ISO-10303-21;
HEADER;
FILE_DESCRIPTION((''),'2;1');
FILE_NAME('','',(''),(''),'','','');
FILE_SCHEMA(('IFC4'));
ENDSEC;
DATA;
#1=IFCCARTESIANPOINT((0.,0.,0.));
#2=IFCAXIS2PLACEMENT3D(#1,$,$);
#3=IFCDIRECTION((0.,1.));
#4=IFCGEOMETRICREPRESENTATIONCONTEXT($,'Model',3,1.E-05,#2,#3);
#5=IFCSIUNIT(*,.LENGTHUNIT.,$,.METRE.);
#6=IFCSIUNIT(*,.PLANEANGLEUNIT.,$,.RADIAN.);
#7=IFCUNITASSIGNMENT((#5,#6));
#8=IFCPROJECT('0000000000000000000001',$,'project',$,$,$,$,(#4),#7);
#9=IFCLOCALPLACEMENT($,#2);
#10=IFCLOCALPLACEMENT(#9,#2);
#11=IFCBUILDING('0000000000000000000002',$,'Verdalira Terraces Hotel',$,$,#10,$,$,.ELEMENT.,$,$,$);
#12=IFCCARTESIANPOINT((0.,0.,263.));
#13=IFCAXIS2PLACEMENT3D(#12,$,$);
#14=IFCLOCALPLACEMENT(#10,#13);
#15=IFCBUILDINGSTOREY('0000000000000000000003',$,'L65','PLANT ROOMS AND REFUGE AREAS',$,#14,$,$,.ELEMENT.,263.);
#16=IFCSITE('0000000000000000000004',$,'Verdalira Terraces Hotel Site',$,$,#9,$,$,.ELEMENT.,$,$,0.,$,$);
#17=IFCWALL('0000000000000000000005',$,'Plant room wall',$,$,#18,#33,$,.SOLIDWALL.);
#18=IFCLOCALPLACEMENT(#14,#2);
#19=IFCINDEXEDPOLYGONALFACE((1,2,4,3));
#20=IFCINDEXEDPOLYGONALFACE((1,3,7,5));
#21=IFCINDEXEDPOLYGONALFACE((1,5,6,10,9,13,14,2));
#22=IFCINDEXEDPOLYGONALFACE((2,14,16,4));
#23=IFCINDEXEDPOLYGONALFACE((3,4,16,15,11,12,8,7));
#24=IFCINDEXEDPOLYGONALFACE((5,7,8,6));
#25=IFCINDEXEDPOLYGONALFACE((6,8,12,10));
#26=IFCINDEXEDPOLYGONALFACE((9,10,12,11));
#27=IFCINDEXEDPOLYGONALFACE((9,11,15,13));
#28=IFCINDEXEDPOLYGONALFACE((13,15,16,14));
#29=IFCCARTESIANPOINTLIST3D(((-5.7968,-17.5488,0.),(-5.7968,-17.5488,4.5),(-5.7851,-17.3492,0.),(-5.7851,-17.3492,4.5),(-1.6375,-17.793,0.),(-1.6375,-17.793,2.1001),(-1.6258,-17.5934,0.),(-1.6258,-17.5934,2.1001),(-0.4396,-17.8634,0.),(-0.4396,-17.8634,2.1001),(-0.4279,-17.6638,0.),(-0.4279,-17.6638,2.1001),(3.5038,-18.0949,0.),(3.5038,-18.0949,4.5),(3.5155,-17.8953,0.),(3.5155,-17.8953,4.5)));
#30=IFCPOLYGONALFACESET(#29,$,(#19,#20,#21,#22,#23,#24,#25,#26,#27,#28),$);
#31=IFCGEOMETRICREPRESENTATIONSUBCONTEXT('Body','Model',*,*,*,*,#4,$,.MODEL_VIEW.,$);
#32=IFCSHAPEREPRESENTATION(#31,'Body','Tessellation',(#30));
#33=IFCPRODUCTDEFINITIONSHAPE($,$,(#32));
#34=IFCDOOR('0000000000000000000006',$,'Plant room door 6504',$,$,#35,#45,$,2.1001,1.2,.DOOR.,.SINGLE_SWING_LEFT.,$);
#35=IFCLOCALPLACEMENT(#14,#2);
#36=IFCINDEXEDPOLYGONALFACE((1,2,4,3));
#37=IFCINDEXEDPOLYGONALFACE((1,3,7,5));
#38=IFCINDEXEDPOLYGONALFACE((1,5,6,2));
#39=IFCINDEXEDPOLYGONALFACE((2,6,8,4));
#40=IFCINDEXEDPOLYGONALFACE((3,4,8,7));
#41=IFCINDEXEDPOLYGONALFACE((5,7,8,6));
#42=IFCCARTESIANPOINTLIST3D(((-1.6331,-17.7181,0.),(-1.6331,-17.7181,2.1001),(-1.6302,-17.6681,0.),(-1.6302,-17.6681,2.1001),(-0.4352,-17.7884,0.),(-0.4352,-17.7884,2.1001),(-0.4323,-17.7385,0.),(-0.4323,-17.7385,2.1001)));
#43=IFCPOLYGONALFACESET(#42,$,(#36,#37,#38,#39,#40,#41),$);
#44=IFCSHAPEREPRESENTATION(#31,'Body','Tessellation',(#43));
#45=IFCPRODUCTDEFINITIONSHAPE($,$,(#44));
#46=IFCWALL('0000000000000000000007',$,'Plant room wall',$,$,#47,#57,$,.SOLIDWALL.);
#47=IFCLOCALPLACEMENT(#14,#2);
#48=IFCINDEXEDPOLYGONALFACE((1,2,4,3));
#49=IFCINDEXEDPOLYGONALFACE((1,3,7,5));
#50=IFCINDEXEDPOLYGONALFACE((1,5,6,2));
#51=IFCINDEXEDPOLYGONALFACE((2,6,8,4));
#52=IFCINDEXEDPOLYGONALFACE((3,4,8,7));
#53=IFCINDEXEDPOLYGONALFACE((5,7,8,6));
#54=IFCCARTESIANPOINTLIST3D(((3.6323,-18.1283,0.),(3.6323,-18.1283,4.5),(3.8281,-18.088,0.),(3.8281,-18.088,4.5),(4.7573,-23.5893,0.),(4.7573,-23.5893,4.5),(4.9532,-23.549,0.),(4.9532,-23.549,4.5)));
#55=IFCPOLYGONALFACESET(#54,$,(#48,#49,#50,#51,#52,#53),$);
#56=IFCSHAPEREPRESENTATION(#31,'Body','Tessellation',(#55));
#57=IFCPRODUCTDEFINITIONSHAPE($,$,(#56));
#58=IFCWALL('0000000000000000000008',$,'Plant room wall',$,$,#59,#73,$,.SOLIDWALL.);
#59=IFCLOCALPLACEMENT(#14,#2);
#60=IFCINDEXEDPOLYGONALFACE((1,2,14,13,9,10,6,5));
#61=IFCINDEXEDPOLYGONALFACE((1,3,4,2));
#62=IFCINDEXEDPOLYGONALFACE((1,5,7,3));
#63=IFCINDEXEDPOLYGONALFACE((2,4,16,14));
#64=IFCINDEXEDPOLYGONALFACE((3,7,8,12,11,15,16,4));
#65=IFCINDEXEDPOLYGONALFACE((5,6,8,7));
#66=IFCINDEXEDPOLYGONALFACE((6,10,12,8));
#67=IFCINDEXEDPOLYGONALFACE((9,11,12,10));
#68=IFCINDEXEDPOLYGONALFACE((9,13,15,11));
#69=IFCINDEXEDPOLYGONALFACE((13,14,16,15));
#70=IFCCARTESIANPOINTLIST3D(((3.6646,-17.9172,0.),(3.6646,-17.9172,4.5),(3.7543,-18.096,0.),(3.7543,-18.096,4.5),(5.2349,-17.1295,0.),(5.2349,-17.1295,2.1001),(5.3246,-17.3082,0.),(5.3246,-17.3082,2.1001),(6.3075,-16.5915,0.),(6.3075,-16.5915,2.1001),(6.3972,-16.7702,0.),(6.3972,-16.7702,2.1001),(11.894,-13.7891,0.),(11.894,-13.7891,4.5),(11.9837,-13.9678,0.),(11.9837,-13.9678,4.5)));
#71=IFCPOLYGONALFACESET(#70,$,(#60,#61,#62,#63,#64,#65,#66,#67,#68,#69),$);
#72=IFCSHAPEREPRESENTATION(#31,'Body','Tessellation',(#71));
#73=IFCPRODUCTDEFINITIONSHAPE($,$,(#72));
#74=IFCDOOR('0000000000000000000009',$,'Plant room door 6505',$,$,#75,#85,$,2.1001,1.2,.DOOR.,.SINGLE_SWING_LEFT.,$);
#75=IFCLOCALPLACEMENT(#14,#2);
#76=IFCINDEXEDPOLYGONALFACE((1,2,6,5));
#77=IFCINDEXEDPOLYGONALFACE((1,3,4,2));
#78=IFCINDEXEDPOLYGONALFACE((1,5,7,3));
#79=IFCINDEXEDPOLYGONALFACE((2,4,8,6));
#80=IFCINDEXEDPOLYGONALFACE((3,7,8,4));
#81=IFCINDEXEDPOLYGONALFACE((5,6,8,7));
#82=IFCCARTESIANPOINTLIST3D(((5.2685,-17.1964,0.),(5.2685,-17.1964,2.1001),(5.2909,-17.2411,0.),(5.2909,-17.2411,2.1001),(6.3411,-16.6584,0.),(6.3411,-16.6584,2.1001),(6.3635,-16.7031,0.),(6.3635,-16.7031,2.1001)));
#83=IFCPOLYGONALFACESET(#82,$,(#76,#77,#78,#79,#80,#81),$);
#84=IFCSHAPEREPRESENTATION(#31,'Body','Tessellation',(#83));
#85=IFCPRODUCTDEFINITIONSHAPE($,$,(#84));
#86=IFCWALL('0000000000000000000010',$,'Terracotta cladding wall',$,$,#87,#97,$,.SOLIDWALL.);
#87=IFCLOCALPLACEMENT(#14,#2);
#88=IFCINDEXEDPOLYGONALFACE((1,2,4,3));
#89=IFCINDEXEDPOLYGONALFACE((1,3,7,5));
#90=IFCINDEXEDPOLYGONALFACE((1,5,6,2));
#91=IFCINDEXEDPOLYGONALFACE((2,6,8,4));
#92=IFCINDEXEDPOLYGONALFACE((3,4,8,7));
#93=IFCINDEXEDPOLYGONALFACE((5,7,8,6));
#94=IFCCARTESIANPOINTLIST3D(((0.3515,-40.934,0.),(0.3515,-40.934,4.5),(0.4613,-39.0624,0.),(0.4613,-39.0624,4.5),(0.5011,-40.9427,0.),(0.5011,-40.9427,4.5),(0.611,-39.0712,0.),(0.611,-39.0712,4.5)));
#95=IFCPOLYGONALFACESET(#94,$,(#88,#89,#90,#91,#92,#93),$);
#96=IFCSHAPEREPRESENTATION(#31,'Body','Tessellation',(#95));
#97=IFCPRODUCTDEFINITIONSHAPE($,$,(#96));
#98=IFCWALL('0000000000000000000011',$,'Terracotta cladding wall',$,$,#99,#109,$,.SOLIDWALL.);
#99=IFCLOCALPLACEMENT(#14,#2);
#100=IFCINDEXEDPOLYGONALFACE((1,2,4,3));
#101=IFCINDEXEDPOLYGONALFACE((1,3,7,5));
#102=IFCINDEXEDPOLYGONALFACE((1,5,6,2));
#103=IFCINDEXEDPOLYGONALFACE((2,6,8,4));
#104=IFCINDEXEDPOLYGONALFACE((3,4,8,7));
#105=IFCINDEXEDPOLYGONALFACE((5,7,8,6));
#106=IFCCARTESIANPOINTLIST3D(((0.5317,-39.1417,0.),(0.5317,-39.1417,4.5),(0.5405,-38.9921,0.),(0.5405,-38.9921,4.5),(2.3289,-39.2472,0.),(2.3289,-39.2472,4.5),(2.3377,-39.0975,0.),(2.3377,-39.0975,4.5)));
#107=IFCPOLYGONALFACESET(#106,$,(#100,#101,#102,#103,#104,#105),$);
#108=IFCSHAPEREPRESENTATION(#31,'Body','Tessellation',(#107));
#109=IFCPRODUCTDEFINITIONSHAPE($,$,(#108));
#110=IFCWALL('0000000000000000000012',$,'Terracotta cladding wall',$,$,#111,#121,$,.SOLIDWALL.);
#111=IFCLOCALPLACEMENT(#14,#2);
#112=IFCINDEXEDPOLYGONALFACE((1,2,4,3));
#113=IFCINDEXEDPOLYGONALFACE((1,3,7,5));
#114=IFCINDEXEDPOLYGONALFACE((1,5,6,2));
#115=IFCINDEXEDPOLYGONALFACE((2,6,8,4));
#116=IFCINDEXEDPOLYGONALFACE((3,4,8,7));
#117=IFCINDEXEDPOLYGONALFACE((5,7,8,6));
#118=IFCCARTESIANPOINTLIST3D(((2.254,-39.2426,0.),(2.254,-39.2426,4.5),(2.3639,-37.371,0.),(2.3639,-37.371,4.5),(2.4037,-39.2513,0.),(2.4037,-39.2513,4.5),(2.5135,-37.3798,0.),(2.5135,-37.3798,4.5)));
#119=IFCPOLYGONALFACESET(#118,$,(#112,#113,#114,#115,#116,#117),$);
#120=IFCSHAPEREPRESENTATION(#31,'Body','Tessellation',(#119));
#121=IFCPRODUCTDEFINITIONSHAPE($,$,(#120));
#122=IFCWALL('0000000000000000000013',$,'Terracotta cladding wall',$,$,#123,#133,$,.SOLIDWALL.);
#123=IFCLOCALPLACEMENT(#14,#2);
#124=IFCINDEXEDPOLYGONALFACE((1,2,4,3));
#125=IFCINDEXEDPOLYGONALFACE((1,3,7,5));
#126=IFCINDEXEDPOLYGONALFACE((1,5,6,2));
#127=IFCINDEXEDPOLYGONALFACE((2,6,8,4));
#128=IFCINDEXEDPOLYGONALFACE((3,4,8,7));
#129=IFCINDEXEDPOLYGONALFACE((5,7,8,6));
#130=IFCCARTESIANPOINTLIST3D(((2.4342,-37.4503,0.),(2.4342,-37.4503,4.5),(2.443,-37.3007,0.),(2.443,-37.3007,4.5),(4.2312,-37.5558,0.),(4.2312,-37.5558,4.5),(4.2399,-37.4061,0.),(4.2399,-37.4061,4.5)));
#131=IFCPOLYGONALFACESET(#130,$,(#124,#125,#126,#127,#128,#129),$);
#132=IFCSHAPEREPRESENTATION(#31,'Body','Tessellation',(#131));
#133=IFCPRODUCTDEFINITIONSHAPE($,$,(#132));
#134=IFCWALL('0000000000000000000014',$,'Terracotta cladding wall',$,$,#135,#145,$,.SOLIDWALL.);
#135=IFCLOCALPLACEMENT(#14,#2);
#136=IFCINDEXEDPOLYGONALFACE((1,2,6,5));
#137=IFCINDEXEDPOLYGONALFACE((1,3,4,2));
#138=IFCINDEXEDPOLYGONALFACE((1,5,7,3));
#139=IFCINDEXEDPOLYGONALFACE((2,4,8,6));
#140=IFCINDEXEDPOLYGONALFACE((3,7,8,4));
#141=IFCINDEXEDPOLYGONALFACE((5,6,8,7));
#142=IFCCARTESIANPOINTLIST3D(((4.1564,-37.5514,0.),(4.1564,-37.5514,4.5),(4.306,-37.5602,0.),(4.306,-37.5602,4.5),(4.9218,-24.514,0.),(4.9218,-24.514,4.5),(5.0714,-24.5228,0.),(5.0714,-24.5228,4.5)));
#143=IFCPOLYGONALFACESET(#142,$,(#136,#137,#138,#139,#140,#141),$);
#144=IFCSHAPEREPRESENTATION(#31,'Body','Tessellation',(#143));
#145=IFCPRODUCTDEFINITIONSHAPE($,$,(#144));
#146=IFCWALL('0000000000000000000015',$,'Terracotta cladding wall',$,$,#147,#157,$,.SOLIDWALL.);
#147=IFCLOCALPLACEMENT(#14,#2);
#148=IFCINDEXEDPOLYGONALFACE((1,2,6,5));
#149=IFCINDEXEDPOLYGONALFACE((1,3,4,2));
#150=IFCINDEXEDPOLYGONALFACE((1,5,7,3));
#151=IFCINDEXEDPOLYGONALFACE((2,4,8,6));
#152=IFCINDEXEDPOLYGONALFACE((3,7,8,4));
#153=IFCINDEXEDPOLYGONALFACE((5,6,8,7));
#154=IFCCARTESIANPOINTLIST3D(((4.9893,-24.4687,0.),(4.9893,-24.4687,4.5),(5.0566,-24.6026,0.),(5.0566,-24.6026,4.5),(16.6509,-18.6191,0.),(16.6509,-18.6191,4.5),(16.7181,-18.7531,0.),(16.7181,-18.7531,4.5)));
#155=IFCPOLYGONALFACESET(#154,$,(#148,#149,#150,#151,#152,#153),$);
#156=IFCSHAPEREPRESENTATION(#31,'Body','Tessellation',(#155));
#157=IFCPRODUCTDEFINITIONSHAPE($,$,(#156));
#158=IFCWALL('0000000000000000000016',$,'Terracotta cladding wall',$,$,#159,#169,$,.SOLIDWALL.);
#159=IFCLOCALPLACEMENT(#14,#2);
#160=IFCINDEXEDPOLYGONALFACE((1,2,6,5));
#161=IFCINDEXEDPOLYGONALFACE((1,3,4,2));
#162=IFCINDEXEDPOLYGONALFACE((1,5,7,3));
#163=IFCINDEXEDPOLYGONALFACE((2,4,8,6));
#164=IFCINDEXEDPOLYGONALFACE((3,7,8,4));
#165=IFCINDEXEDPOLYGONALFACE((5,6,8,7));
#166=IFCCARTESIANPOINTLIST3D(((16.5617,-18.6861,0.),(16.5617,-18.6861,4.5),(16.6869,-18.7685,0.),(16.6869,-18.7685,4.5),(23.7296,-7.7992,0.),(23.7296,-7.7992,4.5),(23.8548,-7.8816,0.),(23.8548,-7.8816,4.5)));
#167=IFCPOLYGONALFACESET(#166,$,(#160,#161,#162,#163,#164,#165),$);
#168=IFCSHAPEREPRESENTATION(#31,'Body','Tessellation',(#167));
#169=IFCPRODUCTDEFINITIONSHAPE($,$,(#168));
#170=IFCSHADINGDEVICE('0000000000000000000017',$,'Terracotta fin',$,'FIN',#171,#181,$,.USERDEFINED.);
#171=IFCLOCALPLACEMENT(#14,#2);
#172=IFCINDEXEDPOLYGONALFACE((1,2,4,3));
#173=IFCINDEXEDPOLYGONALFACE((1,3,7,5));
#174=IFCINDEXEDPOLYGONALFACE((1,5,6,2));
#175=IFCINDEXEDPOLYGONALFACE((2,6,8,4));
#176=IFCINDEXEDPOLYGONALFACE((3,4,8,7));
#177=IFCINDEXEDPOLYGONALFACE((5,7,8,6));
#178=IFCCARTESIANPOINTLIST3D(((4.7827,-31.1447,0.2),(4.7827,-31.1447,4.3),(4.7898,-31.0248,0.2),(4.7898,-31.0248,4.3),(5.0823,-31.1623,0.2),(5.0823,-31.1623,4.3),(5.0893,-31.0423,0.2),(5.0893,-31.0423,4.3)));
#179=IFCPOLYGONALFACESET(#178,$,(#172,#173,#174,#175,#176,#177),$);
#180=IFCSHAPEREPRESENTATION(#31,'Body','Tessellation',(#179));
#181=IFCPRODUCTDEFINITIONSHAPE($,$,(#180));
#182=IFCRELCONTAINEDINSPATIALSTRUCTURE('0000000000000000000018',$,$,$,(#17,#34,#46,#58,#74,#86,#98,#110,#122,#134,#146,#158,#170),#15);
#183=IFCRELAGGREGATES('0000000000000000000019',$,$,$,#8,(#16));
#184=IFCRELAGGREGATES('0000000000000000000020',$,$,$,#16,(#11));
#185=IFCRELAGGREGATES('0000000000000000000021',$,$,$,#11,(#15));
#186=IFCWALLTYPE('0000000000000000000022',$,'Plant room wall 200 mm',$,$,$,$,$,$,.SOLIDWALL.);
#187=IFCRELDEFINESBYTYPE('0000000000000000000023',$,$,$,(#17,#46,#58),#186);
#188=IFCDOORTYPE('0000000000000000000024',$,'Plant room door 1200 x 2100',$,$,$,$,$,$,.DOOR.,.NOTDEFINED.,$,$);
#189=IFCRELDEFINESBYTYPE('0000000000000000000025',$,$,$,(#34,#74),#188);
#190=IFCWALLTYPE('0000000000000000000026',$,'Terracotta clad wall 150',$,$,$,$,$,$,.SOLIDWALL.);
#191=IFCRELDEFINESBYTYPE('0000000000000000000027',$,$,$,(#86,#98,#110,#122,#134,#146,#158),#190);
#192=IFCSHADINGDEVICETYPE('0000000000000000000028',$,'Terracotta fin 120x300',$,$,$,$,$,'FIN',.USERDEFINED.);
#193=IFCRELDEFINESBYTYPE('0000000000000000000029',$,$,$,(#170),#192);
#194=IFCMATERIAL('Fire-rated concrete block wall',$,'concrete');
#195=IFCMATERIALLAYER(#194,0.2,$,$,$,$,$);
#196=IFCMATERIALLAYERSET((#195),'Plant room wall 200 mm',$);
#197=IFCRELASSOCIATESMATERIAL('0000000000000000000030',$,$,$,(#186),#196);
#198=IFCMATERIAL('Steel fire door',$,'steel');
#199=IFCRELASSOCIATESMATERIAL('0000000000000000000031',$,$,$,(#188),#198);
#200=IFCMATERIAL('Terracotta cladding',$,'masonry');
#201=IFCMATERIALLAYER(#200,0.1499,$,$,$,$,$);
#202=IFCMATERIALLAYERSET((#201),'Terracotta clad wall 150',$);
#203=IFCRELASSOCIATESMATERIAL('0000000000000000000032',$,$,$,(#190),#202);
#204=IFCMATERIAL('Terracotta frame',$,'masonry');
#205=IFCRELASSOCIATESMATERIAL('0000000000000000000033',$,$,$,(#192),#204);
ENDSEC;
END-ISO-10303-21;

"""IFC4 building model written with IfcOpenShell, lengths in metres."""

from ifc_helpers import new_model, si_unit, direction, frame, frame_2d, origin, origin_2d, place, context, subcontext, project, spatial, rectangle, extrude, material, layer, layer_set, material_profile, profile_set, type_object, element, fill, save


model = new_model("IFC4")

# Units and contexts
model_context = context("Model", 3, precision=1e-05, world=origin(), true_north=direction((0.0, 1.0)))
body_context = subcontext(model_context, "Body", "Model", "MODEL_VIEW")
ifc_project = project(units=[si_unit("LENGTHUNIT", "METRE"), si_unit("PLANEANGLEUNIT", "RADIAN")], contexts=[model_context])

# Site, building, storey
site_placement = place(None, origin())
site = spatial("IfcSite", under=ifc_project, at=site_placement, Name="Verdalira Terraces Hotel Site", CompositionType="ELEMENT", RefElevation=0.0)
building_placement = place(site_placement, origin())
building = spatial("IfcBuilding", under=site, at=building_placement, Name="Verdalira Terraces Hotel", CompositionType="ELEMENT")
storey_placement = place(building_placement, frame((0.0, 0.0, 263.0)))
storey = spatial("IfcBuildingStorey", under=building, at=storey_placement, Name="L65", Description="PLANT ROOMS AND REFUGE AREAS", CompositionType="ELEMENT", Elevation=263.0)

# Wall, opening, door
ifc_material_1 = material(Name="Fire-rated concrete block wall", Category="concrete")
ifc_layer_1 = layer(ifc_material_1, 0.2)
ifc_layer_set_1 = layer_set([ifc_layer_1], Name="Plant room wall 200 mm")
wall_type_1 = type_object("IfcWallType", Name="Plant room wall 200 mm", PredefinedType="SOLIDWALL", material=ifc_layer_set_1)
wall_1_placement = place(storey_placement, frame((3.5095, -17.9951, 0.0), z_axis=(0.0, 0.0, 1.0), x_axis=(-0.99828, 0.058621, 0.0)))
wall_1 = element("IfcWall", 1, at=wall_1_placement, inside=storey, type_object=wall_type_1, Name="Plant room wall", PredefinedType="SOLIDWALL", context=body_context, shape_type="SweptSolid", body=[
    extrude(rectangle(XDim=9.3166, YDim=0.2, at=frame_2d((4.6582, 0.0))), origin(), (0.0, 0.0, 1.0), 4.5),
])
opening_1_placement = place(wall_1_placement, frame((3.95, 0.0, 0.0)))
opening_1 = element("IfcOpeningElement", 2, at=opening_1_placement, cuts=wall_1, PredefinedType="OPENING", context=body_context, shape_type="SweptSolid", body=[
    extrude(rectangle(XDim=1.2, YDim=2.1001, at=frame_2d((0.6001, 1.05))), frame((0.0, 0.1099, 0.0), z_axis=(0.0, -1.0, 0.0), x_axis=(1.0, 0.0, 0.0)), (0.0, 0.0, 1.0), 0.22),
])
ifc_material_2 = material(Name="Steel fire door", Category="steel")
door_type_1 = type_object("IfcDoorType", Name="Plant room door 1200 x 2100", OperationType="NOTDEFINED", PredefinedType="DOOR", material=ifc_material_2)
door_1_placement = place(opening_1_placement, origin())
door_1 = element("IfcDoor", 3, at=door_1_placement, inside=storey, type_object=door_type_1, Name="Plant room door 6504", OperationType="SINGLE_SWING_LEFT", OverallHeight=2.1001, OverallWidth=1.2, PredefinedType="DOOR", context=body_context, shape_type="SweptSolid", body=[
    extrude(rectangle(XDim=1.2, YDim=2.1001, at=frame_2d((0.6001, 1.05))), frame((0.0, 0.0249, 0.0), z_axis=(0.0, -1.0, 0.0), x_axis=(1.0, 0.0, 0.0)), (0.0, 0.0, 1.0), 0.05),
])
fill(opening_1, door_1)

# Wall
wall_2_placement = place(storey_placement, frame((3.7302, -18.1082, 0.0), z_axis=(0.0, 0.0, 1.0), x_axis=(0.201772, -0.979433, 0.0)))
element("IfcWall", 4, at=wall_2_placement, inside=storey, type_object=wall_type_1, Name="Plant room wall", PredefinedType="SOLIDWALL", context=body_context, shape_type="SweptSolid", body=[
    extrude(rectangle(XDim=5.5757, YDim=0.2, at=frame_2d((2.7878, 0.0))), origin(), (0.0, 0.0, 1.0), 4.5),
])

# Wall, opening, door
wall_3_placement = place(storey_placement, frame((11.939, -13.8784, 0.0), z_axis=(0.0, 0.0, 1.0), x_axis=(-0.893843, -0.44838, 0.0)))
wall_3 = element("IfcWall", 5, at=wall_3_placement, inside=storey, type_object=wall_type_1, Name="Plant room wall", PredefinedType="SOLIDWALL", context=body_context, shape_type="SweptSolid", body=[
    extrude(rectangle(XDim=9.2068, YDim=0.2, at=frame_2d((4.6035, 0.0))), origin(), (0.0, 0.0, 1.0), 4.5),
])
opening_2_placement = place(wall_3_placement, frame((6.25, 0.0, 0.0)))
opening_2 = element("IfcOpeningElement", 6, at=opening_2_placement, cuts=wall_3, PredefinedType="OPENING", context=body_context, shape_type="SweptSolid", body=[
    extrude(rectangle(XDim=1.2, YDim=2.1001, at=frame_2d((0.6001, 1.05))), frame((0.0, 0.1099, 0.0), z_axis=(0.0, -1.0, 0.0), x_axis=(1.0, 0.0, 0.0)), (0.0, 0.0, 1.0), 0.22),
])
door_2_placement = place(opening_2_placement, origin())
door_2 = element("IfcDoor", 7, at=door_2_placement, inside=storey, type_object=door_type_1, Name="Plant room door 6505", OperationType="SINGLE_SWING_LEFT", OverallHeight=2.1001, OverallWidth=1.2, PredefinedType="DOOR", context=body_context, shape_type="SweptSolid", body=[
    extrude(rectangle(XDim=1.2, YDim=2.1001, at=frame_2d((0.6001, 1.05))), frame((0.0, 0.0249, 0.0), z_axis=(0.0, -1.0, 0.0), x_axis=(1.0, 0.0, 0.0)), (0.0, 0.0, 1.0), 0.05),
])
fill(opening_2, door_2)

# Walls
ifc_material_3 = material(Name="Terracotta cladding", Category="masonry")
ifc_layer_2 = layer(ifc_material_3, 0.1499)
ifc_layer_set_2 = layer_set([ifc_layer_2], Name="Terracotta clad wall 150")
wall_type_2 = type_object("IfcWallType", Name="Terracotta clad wall 150", PredefinedType="SOLIDWALL", material=ifc_layer_set_2)
wall_4_placement = place(storey_placement, frame((0.4263, -40.9385, 0.0), z_axis=(0.0, 0.0, 1.0), x_axis=(0.0586, 0.998282, 0.0)))
element("IfcWall", 8, at=wall_4_placement, inside=storey, type_object=wall_type_2, Name="Terracotta cladding wall", PredefinedType="SOLIDWALL", context=body_context, shape_type="SweptSolid", body=[
    extrude(rectangle(XDim=1.8748, YDim=0.1499, at=frame_2d((0.9375, 0.0))), origin(), (0.0, 0.0, 1.0), 4.5),
])
wall_5_placement = place(storey_placement, frame((0.5361, -39.0669, 0.0), z_axis=(0.0, 0.0, 1.0), x_axis=(0.998282, -0.058587, 0.0)))
element("IfcWall", 9, at=wall_5_placement, inside=storey, type_object=wall_type_2, Name="Terracotta cladding wall", PredefinedType="SOLIDWALL", context=body_context, shape_type="SweptSolid", body=[
    extrude(rectangle(XDim=1.8003, YDim=0.1499, at=frame_2d((0.9001, 0.0))), origin(), (0.0, 0.0, 1.0), 4.5),
])
wall_6_placement = place(storey_placement, frame((2.3289, -39.2471, 0.0), z_axis=(0.0, 0.0, 1.0), x_axis=(0.0586, 0.998282, 0.0)))
element("IfcWall", 10, at=wall_6_placement, inside=storey, type_object=wall_type_2, Name="Terracotta cladding wall", PredefinedType="SOLIDWALL", context=body_context, shape_type="SweptSolid", body=[
    extrude(rectangle(XDim=1.8748, YDim=0.1499, at=frame_2d((0.9375, 0.0))), origin(), (0.0, 0.0, 1.0), 4.5),
])
wall_7_placement = place(storey_placement, frame((2.4387, -37.3755, 0.0), z_axis=(0.0, 0.0, 1.0), x_axis=(0.998282, -0.058595, 0.0)))
element("IfcWall", 11, at=wall_7_placement, inside=storey, type_object=wall_type_2, Name="Terracotta cladding wall", PredefinedType="SOLIDWALL", context=body_context, shape_type="SweptSolid", body=[
    extrude(rectangle(XDim=1.8, YDim=0.1499, at=frame_2d((0.8999, 0.0))), origin(), (0.0, 0.0, 1.0), 4.5),
])
wall_8_placement = place(storey_placement, frame((4.2312, -37.5557, 0.0), z_axis=(0.0, 0.0, 1.0), x_axis=(0.058606, 0.998281, 0.0)))
element("IfcWall", 12, at=wall_8_placement, inside=storey, type_object=wall_type_2, Name="Terracotta cladding wall", PredefinedType="SOLIDWALL", context=body_context, shape_type="SweptSolid", body=[
    extrude(rectangle(XDim=13.0598, YDim=0.1499, at=frame_2d((6.5298, 0.0))), origin(), (0.0, 0.0, 1.0), 4.5),
])
wall_9_placement = place(storey_placement, frame((5.0229, -24.5356, 0.0), z_axis=(0.0, 0.0, 1.0), x_axis=(0.89385, 0.448366, 0.0)))
element("IfcWall", 13, at=wall_9_placement, inside=storey, type_object=wall_type_2, Name="Terracotta cladding wall", PredefinedType="SOLIDWALL", context=body_context, shape_type="SweptSolid", body=[
    extrude(rectangle(XDim=13.0464, YDim=0.1499, at=frame_2d((6.5232, 0.0))), origin(), (0.0, 0.0, 1.0), 4.5),
])
wall_10_placement = place(storey_placement, frame((16.6243, -18.7273, 0.0), z_axis=(0.0, 0.0, 1.0), x_axis=(0.549911, 0.835224, 0.0)))
element("IfcWall", 14, at=wall_10_placement, inside=storey, type_object=wall_type_2, Name="Terracotta cladding wall", PredefinedType="SOLIDWALL", context=body_context, shape_type="SweptSolid", body=[
    extrude(rectangle(XDim=13.0347, YDim=0.1499, at=frame_2d((6.5173, 0.0))), origin(), (0.0, 0.0, 1.0), 4.5),
])

# Shading device
ifc_material_4 = material(Name="Terracotta frame", Category="masonry")
ifc_material_profile_1 = material_profile(ifc_material_4, rectangle(XDim=0.1201, YDim=0.3, at=origin_2d()), Name="FIN 120x300")
ifc_profile_set_1 = profile_set([ifc_material_profile_1], Name="Terracotta frame")
shading_device_type = type_object("IfcShadingDeviceType", Name="Terracotta fin 120x300", ElementType="FIN", PredefinedType="USERDEFINED", material=ifc_profile_set_1)
for number, where, z_axis, x_axis, name in (
    (15, (4.936, -31.0935, 0.2), (0.0, 0.0, 1.0), (0.058609, 0.998281, 0.0), "Terracotta fin"),
):
    element("IfcShadingDevice", number, at=place(storey_placement, frame(where, z_axis=z_axis, x_axis=x_axis)), inside=storey, type_object=shading_device_type, Name=name, ObjectType="FIN", PredefinedType="USERDEFINED", context=body_context, shape_type="SweptSolid", body=[
        extrude(rectangle(XDim=0.1201, YDim=0.3, at=origin_2d()), origin(), (0.0, 0.0, 1.0), 4.1001),
    ])

save(model, "model.ifc")
